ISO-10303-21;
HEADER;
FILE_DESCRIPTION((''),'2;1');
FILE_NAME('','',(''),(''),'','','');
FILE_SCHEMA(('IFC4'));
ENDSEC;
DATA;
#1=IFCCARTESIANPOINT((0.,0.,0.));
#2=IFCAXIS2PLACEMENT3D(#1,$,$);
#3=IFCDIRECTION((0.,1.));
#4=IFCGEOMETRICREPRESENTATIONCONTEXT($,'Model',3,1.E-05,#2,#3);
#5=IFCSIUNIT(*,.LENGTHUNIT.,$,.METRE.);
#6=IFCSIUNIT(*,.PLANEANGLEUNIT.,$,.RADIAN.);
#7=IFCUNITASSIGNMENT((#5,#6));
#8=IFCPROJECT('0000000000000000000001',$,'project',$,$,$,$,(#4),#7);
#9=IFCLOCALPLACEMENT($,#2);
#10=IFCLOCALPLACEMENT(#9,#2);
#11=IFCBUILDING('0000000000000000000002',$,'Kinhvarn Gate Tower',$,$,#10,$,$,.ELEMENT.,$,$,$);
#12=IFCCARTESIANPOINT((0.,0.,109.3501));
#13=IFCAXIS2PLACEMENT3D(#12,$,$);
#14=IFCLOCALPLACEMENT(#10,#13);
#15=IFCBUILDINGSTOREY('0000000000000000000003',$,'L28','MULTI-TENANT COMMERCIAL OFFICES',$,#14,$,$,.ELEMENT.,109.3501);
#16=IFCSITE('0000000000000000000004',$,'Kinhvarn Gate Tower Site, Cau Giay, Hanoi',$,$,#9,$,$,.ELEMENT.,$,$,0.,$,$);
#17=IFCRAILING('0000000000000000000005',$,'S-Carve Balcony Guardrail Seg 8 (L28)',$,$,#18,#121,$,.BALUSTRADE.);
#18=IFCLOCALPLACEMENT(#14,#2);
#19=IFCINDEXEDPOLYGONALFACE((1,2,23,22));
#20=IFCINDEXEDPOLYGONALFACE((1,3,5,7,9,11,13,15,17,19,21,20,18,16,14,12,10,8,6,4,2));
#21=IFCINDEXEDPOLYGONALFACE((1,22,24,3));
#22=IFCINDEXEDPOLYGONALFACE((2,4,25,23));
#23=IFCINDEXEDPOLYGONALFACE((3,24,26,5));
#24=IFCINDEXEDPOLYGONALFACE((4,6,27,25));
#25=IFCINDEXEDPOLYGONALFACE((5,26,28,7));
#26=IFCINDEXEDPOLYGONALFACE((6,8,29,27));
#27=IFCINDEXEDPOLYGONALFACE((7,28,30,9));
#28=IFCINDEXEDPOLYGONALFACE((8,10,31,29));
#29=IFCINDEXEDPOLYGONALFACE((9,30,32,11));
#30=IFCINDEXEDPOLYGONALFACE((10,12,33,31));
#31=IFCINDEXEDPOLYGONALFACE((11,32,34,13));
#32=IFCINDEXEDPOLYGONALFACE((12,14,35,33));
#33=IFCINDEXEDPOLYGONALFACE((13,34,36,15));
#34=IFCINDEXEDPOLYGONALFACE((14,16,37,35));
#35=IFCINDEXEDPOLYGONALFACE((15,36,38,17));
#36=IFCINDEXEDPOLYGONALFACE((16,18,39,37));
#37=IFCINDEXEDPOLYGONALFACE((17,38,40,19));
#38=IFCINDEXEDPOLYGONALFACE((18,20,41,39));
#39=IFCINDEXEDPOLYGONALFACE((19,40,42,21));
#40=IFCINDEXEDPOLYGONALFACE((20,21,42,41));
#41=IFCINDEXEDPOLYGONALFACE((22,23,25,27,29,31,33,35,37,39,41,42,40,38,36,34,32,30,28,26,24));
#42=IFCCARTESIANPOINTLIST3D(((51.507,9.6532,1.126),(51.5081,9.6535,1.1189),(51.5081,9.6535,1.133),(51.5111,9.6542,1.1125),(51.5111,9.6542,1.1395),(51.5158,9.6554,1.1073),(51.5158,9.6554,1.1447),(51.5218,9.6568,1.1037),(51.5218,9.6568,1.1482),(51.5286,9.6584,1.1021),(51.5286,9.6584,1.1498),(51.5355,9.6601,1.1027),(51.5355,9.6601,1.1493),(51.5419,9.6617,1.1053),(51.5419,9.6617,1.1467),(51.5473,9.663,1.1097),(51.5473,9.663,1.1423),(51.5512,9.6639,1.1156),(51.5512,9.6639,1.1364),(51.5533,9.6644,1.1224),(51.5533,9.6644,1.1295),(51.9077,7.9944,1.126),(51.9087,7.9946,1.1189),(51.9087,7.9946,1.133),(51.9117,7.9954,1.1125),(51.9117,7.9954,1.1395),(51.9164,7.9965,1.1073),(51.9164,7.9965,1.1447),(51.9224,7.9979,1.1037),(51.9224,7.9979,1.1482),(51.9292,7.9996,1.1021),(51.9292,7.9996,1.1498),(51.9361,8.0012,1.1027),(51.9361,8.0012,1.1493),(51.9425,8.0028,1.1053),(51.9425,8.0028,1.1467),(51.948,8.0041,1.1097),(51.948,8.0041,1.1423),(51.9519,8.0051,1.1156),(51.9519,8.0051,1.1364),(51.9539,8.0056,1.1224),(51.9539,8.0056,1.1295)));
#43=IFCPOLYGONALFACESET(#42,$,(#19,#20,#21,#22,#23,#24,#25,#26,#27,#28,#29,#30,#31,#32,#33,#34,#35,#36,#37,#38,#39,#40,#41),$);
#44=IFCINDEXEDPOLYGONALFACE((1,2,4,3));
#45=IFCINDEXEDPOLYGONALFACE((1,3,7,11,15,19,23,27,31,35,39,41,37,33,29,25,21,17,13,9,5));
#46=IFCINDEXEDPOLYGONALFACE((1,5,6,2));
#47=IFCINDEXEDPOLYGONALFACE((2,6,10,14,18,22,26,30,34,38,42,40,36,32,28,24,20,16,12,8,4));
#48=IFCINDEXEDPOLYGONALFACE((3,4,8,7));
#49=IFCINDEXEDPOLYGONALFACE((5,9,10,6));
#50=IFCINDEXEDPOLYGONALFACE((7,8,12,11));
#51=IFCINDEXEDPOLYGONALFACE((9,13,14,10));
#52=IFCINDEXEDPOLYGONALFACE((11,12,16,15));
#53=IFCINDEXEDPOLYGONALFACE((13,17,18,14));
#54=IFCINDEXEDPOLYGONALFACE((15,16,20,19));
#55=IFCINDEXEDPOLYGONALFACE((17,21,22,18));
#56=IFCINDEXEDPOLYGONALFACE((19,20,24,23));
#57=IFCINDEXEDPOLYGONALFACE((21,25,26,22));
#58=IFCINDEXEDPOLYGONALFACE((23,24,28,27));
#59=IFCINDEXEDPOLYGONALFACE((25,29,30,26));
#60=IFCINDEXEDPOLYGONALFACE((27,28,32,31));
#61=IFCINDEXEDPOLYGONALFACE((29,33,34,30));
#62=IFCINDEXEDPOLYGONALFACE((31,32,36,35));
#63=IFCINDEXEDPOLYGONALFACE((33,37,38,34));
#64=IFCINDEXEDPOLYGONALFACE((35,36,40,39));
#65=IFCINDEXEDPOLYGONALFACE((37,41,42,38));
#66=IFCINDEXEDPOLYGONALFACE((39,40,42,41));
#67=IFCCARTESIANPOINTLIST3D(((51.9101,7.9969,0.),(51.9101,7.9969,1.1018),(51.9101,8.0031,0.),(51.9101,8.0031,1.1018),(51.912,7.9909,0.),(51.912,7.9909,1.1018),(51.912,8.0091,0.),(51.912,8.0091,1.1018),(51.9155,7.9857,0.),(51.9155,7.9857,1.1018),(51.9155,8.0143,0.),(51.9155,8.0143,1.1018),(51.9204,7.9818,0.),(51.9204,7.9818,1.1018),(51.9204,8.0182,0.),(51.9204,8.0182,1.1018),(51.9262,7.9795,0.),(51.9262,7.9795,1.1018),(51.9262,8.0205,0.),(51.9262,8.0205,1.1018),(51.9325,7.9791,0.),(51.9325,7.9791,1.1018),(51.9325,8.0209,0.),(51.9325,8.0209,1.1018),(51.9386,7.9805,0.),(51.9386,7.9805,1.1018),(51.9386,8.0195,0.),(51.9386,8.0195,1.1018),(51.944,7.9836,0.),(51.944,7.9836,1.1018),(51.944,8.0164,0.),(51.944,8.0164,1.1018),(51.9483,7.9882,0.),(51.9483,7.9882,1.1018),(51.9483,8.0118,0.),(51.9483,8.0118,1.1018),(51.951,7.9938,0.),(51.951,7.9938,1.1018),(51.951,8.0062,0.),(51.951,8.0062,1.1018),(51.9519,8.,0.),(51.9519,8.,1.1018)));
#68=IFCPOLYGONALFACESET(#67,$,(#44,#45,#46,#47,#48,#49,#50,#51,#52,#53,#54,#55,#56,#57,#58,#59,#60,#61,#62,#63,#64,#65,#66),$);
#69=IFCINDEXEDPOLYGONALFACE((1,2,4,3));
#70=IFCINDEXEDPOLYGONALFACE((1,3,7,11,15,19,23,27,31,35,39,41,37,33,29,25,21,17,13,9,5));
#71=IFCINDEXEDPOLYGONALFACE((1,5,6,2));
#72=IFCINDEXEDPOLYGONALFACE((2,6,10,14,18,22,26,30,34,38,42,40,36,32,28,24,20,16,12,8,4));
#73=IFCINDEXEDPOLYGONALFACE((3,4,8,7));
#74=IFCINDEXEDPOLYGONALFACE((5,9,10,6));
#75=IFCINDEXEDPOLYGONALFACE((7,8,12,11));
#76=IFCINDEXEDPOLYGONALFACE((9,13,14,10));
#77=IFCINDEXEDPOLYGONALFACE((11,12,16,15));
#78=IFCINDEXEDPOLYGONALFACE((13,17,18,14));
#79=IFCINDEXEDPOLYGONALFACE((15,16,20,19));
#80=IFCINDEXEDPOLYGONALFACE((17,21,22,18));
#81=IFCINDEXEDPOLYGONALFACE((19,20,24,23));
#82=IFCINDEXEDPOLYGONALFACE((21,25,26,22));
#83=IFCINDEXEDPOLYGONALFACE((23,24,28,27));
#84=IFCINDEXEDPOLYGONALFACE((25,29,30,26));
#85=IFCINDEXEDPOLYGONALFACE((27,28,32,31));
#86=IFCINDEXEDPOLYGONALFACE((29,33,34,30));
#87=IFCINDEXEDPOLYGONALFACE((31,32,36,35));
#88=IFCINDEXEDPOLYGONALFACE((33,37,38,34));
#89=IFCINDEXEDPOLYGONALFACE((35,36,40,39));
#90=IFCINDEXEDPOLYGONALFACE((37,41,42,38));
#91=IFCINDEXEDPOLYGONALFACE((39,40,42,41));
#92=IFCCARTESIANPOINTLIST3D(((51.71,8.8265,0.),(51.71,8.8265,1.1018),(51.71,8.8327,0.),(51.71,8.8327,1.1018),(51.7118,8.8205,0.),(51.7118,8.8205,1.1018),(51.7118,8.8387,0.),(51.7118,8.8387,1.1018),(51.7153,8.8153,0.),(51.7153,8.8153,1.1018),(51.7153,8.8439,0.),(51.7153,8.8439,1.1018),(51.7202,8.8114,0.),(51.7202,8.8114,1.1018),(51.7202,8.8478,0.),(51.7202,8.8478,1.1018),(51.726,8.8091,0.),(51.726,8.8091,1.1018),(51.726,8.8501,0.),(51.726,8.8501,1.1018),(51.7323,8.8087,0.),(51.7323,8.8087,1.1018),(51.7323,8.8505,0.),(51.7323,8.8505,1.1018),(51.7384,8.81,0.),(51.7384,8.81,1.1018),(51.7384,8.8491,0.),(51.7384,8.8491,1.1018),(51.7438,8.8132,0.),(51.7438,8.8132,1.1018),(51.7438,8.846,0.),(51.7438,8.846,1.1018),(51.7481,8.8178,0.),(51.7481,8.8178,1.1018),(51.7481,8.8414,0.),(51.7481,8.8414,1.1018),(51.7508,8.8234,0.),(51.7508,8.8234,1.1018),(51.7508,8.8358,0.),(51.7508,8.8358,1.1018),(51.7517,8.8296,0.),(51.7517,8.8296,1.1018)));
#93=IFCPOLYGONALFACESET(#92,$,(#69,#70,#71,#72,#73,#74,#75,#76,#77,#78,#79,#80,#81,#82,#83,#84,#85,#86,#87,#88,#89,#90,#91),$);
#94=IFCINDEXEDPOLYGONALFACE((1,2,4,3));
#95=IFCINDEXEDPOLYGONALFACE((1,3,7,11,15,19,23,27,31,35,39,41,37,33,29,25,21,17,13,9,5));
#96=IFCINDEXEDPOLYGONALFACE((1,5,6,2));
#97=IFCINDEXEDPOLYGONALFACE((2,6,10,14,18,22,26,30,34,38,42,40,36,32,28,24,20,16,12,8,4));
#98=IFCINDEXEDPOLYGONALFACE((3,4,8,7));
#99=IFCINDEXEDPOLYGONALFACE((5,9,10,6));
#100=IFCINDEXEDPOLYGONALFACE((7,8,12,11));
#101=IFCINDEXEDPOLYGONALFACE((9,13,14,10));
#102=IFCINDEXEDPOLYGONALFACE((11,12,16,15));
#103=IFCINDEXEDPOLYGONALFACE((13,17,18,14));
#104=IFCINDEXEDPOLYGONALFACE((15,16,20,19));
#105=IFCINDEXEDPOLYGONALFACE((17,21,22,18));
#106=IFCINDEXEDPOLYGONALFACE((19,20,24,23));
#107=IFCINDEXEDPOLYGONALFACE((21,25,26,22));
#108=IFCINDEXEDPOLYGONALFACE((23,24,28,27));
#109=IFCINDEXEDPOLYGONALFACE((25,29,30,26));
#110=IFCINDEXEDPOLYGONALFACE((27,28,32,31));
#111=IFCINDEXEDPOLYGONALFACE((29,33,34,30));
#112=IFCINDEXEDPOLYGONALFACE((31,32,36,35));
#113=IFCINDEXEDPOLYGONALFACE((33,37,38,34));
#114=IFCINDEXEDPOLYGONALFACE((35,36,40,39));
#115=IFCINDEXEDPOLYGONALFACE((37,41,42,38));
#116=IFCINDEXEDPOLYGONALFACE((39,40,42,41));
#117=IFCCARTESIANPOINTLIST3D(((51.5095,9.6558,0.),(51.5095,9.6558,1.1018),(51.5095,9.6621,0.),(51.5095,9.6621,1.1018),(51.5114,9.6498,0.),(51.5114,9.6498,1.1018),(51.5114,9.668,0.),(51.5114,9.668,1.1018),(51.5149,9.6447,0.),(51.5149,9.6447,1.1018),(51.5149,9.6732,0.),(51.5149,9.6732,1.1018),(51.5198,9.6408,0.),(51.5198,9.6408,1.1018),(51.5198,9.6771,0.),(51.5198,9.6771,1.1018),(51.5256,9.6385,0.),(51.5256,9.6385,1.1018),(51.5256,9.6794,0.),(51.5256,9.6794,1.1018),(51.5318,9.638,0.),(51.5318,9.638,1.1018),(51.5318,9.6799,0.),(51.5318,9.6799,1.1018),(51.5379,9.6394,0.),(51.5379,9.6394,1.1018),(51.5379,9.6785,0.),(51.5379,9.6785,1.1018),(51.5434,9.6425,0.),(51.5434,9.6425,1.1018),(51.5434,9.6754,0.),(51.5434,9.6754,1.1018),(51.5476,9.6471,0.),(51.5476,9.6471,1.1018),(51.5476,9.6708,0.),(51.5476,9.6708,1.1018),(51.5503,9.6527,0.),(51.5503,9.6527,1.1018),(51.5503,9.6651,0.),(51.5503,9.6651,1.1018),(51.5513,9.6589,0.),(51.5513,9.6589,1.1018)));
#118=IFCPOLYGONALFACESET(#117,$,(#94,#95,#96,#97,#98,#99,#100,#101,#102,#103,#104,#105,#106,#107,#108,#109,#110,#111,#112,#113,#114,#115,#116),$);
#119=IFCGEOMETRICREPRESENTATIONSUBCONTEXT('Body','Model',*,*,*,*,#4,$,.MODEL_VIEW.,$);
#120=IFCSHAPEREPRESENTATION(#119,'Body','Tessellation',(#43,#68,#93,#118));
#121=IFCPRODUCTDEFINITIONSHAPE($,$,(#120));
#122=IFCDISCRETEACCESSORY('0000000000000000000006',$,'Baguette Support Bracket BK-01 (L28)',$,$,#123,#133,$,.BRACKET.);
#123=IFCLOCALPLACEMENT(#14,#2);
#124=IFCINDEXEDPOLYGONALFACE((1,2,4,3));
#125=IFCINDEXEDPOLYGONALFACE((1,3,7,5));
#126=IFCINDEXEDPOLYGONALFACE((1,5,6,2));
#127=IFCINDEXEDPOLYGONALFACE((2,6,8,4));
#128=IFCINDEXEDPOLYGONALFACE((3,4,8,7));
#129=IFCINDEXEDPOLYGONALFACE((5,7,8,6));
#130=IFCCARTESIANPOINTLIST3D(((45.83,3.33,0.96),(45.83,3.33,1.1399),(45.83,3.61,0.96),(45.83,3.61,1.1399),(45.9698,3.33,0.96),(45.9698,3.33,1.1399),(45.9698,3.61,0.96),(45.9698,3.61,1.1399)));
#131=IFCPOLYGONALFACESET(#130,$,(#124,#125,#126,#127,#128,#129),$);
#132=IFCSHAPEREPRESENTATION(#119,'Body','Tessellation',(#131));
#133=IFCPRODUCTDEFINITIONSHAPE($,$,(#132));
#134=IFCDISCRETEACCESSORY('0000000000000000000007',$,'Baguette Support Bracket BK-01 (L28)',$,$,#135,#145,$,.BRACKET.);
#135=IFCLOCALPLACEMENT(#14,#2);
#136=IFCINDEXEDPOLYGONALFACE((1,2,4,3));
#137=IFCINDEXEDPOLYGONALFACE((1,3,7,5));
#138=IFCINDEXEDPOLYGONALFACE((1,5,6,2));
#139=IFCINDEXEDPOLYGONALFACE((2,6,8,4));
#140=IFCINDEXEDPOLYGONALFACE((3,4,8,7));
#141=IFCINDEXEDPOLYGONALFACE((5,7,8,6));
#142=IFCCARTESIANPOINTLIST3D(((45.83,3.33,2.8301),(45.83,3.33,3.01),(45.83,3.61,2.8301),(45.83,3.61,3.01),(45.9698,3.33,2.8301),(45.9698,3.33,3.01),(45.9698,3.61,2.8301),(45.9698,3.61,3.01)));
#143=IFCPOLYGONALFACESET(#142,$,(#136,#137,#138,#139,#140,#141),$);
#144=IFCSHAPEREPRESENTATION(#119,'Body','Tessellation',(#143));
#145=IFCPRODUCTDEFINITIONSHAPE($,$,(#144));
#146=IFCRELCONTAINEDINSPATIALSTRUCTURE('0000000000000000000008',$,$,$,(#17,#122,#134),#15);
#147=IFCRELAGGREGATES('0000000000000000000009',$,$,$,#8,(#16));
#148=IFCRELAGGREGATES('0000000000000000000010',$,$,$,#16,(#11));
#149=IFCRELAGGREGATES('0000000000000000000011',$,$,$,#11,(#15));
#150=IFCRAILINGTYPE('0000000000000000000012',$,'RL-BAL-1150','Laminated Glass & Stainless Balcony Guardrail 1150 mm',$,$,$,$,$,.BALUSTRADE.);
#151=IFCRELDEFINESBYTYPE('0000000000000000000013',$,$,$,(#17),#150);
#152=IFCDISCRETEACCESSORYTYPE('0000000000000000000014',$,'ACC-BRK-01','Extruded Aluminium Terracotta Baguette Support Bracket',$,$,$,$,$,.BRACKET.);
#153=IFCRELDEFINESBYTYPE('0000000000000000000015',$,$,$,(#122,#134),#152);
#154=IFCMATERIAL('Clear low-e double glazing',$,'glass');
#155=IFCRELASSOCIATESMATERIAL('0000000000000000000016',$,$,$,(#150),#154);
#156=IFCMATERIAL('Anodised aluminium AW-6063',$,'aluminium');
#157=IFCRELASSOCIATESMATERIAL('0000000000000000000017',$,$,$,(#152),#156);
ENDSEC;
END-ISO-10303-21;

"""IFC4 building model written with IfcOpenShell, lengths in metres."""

from ifc_helpers import new_model, si_unit, direction, frame, origin, origin_2d, place, context, subcontext, project, spatial, rectangle, circle, extrude, material, type_object, element, save


model = new_model("IFC4")

# Units and contexts
model_context = context("Model", 3, precision=1e-05, world=origin(), true_north=direction((0.0, 1.0)))
body_context = subcontext(model_context, "Body", "Model", "MODEL_VIEW")
ifc_project = project(units=[si_unit("LENGTHUNIT", "METRE"), si_unit("PLANEANGLEUNIT", "RADIAN")], contexts=[model_context])

# Site, building, storey
site_placement = place(None, origin())
site = spatial("IfcSite", under=ifc_project, at=site_placement, Name="Kinhvarn Gate Tower Site, Cau Giay, Hanoi", CompositionType="ELEMENT", RefElevation=0.0)
building_placement = place(site_placement, origin())
building = spatial("IfcBuilding", under=site, at=building_placement, Name="Kinhvarn Gate Tower", CompositionType="ELEMENT")
storey_placement = place(building_placement, frame((0.0, 0.0, 109.3501)))
storey = spatial("IfcBuildingStorey", under=building, at=storey_placement, Name="L28", Description="MULTI-TENANT COMMERCIAL OFFICES", CompositionType="ELEMENT", Elevation=109.3501)

# Shared definitions
ifc_material_1 = material(Name="Anodised aluminium AW-6063", Category="aluminium")

# Shared definitions
ifc_material_2 = material(Name="Clear low-e double glazing", Category="glass")

# Railing
railing_type = type_object("IfcRailingType", Name="RL-BAL-1150", Description="Laminated Glass & Stainless Balcony Guardrail 1150 mm", PredefinedType="BALUSTRADE", material=ifc_material_2)
railing_1_placement = place(storey_placement, frame((51.9309, 8.0, 0.0)))
element("IfcRailing", 1, at=railing_1_placement, inside=storey, type_object=railing_type, Name="S-Carve Balcony Guardrail Seg 8 (L28)", PredefinedType="BALUSTRADE", context=body_context, shape_type="SweptSolid", body=[
    extrude(circle(Radius=0.0239, at=origin_2d()), frame((0.0, 0.0, 1.126), z_axis=(-0.234752, 0.972055, 0.0), x_axis=(-0.972055, -0.234752, 0.0)), (0.0, 0.0, 1.0), 1.7065),
    extrude(circle(Radius=0.021, at=origin_2d()), origin(), (0.0, 0.0, 1.0), 1.1018),
    extrude(circle(Radius=0.021, at=origin_2d()), frame((-0.2002, 0.8296, 0.0)), (0.0, 0.0, 1.0), 1.1018),
    extrude(circle(Radius=0.021, at=origin_2d()), frame((-0.4006, 1.6589, 0.0)), (0.0, 0.0, 1.0), 1.1018),
])

# Discrete accessories
discrete_accessory_type = type_object("IfcDiscreteAccessoryType", Name="ACC-BRK-01", Description="Extruded Aluminium Terracotta Baguette Support Bracket", PredefinedType="BRACKET", material=ifc_material_1)
for number, where, z_axis, x_axis, name in (
    (2, (45.8999, 3.47, 0.96), (0.0, 0.0, 1.0), (1.0, 0.0, 0.0), "Baguette Support Bracket BK-01 (L28)"),
    (3, (45.8999, 3.47, 2.8301), (0.0, 0.0, 1.0), (1.0, 0.0, 0.0), "Baguette Support Bracket BK-01 (L28)"),
):
    element("IfcDiscreteAccessory", number, at=place(storey_placement, frame(where, z_axis=z_axis, x_axis=x_axis)), inside=storey, type_object=discrete_accessory_type, Name=name, PredefinedType="BRACKET", context=body_context, shape_type="SweptSolid", body=[
        extrude(rectangle(XDim=0.1399, YDim=0.28, at=origin_2d()), origin(), (0.0, 0.0, 1.0), 0.1799),
    ])

save(model, "model.ifc")
